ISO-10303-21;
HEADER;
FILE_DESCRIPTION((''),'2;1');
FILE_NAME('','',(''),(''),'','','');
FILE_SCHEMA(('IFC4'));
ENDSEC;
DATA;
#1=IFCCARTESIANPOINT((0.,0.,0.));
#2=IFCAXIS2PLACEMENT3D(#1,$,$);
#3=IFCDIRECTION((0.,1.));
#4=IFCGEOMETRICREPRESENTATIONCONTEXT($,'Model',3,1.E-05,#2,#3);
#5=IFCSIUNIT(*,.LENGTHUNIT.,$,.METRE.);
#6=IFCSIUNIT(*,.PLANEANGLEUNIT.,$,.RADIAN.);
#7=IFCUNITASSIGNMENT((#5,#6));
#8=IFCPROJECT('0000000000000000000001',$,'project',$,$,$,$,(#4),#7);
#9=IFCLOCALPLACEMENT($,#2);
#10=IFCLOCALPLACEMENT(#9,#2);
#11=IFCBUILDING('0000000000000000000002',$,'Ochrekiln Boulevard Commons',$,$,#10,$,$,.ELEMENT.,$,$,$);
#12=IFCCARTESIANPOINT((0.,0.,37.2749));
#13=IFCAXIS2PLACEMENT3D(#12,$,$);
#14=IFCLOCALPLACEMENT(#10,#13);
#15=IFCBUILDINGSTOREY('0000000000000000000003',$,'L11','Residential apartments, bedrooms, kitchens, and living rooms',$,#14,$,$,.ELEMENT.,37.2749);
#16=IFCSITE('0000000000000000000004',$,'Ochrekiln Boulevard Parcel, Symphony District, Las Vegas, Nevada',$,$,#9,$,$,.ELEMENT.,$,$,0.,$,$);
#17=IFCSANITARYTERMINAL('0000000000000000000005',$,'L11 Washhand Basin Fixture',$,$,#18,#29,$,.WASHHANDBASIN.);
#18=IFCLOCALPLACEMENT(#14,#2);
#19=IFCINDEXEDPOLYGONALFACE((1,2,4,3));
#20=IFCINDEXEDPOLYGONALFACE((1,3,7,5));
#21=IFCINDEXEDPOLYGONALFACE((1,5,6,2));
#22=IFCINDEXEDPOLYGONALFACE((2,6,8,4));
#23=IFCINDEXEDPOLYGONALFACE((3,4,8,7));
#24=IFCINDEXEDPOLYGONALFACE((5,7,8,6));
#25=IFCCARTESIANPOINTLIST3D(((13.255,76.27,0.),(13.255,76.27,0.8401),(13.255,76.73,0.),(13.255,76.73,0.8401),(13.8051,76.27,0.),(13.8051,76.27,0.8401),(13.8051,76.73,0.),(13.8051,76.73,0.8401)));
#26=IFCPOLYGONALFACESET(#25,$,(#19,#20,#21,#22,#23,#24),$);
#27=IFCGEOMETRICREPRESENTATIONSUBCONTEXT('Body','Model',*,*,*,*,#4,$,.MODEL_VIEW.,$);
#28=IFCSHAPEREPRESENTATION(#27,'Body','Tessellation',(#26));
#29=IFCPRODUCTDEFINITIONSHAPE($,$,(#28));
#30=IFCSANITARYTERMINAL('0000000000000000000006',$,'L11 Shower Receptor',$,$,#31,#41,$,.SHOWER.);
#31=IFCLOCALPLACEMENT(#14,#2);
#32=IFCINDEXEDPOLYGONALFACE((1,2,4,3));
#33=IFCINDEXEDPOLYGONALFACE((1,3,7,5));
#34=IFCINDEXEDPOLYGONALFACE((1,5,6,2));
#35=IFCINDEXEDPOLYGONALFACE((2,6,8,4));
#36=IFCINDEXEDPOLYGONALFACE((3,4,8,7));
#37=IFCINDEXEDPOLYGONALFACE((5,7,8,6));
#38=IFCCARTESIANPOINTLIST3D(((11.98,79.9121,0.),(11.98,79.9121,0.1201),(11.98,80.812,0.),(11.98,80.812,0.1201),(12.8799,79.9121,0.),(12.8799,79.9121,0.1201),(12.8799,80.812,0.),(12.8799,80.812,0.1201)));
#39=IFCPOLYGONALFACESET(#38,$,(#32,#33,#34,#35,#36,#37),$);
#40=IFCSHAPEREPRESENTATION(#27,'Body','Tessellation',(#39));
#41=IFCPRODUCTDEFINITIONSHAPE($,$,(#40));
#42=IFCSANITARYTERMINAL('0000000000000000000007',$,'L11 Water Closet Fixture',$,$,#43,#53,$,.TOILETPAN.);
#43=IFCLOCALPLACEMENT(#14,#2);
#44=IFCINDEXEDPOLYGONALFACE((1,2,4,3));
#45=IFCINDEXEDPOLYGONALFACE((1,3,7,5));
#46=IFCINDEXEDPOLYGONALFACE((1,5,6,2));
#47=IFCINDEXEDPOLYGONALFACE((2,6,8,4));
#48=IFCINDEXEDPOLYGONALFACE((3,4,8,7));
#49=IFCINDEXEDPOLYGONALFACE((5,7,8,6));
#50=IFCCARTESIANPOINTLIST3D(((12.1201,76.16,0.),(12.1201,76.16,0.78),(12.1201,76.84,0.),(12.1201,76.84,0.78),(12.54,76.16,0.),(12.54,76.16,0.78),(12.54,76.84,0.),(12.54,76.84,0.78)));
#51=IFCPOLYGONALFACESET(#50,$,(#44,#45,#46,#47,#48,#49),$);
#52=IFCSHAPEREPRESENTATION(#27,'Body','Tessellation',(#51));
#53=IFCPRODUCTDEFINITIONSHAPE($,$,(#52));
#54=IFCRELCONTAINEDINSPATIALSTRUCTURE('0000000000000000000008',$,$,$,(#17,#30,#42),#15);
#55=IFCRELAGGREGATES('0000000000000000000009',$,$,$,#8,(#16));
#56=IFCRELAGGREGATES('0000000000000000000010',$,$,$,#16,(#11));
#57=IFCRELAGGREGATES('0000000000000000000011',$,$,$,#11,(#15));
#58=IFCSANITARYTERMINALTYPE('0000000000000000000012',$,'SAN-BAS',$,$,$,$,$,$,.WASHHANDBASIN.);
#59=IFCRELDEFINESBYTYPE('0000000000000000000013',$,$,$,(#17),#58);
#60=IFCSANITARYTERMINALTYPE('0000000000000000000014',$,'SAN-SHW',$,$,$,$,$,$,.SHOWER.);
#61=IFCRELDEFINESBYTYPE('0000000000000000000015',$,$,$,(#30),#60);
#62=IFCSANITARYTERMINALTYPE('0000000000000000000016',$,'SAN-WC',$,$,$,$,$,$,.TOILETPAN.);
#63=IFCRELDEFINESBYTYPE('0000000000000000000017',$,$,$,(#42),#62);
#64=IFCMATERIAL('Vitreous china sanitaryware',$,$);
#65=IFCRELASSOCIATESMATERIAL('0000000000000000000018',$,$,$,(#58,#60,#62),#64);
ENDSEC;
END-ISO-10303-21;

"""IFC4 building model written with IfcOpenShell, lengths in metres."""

from ifc_helpers import new_model, si_unit, direction, frame, origin, origin_2d, place, context, subcontext, project, spatial, rectangle, extrude, material, type_object, element, save


model = new_model("IFC4")

# Units and contexts
model_context = context("Model", 3, precision=1e-05, world=origin(), true_north=direction((0.0, 1.0)))
body_context = subcontext(model_context, "Body", "Model", "MODEL_VIEW")
ifc_project = project(units=[si_unit("LENGTHUNIT", "METRE"), si_unit("PLANEANGLEUNIT", "RADIAN")], contexts=[model_context])

# Site, building, storey
site_placement = place(None, origin())
site = spatial("IfcSite", under=ifc_project, at=site_placement, Name="Ochrekiln Boulevard Parcel, Symphony District, Las Vegas, Nevada", CompositionType="ELEMENT", RefElevation=0.0)
building_placement = place(site_placement, origin())
building = spatial("IfcBuilding", under=site, at=building_placement, Name="Ochrekiln Boulevard Commons", CompositionType="ELEMENT")
storey_placement = place(building_placement, frame((0.0, 0.0, 37.2749)))
storey = spatial("IfcBuildingStorey", under=building, at=storey_placement, Name="L11", Description="Residential apartments, bedrooms, kitchens, and living rooms", CompositionType="ELEMENT", Elevation=37.2749)

# Sanitary terminals
ifc_material_1 = material(Name="Vitreous china sanitaryware")
sanitary_terminal_type_1 = type_object("IfcSanitaryTerminalType", Name="SAN-BAS", PredefinedType="WASHHANDBASIN", material=ifc_material_1)
sanitary_terminal_1_placement = place(storey_placement, frame((13.53, 76.5, 0.0), z_axis=(0.0, 0.0, 1.0), x_axis=(1.0, 0.0, 0.0)))
element("IfcSanitaryTerminal", 1, at=sanitary_terminal_1_placement, inside=storey, type_object=sanitary_terminal_type_1, Name="L11 Washhand Basin Fixture", PredefinedType="WASHHANDBASIN", context=body_context, shape_type="SweptSolid", body=[
    extrude(rectangle(XDim=0.55, YDim=0.46, at=origin_2d()), origin(), (0.0, 0.0, 1.0), 0.8401),
])
sanitary_terminal_type_2 = type_object("IfcSanitaryTerminalType", Name="SAN-SHW", PredefinedType="SHOWER", material=ifc_material_1)
sanitary_terminal_2_placement = place(storey_placement, frame((12.4299, 80.3621, 0.0), z_axis=(0.0, 0.0, 1.0), x_axis=(1.0, 0.0, 0.0)))
element("IfcSanitaryTerminal", 2, at=sanitary_terminal_2_placement, inside=storey, type_object=sanitary_terminal_type_2, Name="L11 Shower Receptor", PredefinedType="SHOWER", context=body_context, shape_type="SweptSolid", body=[
    extrude(rectangle(XDim=0.8999, YDim=0.8999, at=origin_2d()), origin(), (0.0, 0.0, 1.0), 0.1201),
])
sanitary_terminal_type_3 = type_object("IfcSanitaryTerminalType", Name="SAN-WC", PredefinedType="TOILETPAN", material=ifc_material_1)
sanitary_terminal_3_placement = place(storey_placement, frame((12.3301, 76.5, 0.0), z_axis=(0.0, 0.0, 1.0), x_axis=(1.0, 0.0, 0.0)))
element("IfcSanitaryTerminal", 3, at=sanitary_terminal_3_placement, inside=storey, type_object=sanitary_terminal_type_3, Name="L11 Water Closet Fixture", PredefinedType="TOILETPAN", context=body_context, shape_type="SweptSolid", body=[
    extrude(rectangle(XDim=0.4199, YDim=0.6799, at=origin_2d()), origin(), (0.0, 0.0, 1.0), 0.78),
])

save(model, "model.ifc")
